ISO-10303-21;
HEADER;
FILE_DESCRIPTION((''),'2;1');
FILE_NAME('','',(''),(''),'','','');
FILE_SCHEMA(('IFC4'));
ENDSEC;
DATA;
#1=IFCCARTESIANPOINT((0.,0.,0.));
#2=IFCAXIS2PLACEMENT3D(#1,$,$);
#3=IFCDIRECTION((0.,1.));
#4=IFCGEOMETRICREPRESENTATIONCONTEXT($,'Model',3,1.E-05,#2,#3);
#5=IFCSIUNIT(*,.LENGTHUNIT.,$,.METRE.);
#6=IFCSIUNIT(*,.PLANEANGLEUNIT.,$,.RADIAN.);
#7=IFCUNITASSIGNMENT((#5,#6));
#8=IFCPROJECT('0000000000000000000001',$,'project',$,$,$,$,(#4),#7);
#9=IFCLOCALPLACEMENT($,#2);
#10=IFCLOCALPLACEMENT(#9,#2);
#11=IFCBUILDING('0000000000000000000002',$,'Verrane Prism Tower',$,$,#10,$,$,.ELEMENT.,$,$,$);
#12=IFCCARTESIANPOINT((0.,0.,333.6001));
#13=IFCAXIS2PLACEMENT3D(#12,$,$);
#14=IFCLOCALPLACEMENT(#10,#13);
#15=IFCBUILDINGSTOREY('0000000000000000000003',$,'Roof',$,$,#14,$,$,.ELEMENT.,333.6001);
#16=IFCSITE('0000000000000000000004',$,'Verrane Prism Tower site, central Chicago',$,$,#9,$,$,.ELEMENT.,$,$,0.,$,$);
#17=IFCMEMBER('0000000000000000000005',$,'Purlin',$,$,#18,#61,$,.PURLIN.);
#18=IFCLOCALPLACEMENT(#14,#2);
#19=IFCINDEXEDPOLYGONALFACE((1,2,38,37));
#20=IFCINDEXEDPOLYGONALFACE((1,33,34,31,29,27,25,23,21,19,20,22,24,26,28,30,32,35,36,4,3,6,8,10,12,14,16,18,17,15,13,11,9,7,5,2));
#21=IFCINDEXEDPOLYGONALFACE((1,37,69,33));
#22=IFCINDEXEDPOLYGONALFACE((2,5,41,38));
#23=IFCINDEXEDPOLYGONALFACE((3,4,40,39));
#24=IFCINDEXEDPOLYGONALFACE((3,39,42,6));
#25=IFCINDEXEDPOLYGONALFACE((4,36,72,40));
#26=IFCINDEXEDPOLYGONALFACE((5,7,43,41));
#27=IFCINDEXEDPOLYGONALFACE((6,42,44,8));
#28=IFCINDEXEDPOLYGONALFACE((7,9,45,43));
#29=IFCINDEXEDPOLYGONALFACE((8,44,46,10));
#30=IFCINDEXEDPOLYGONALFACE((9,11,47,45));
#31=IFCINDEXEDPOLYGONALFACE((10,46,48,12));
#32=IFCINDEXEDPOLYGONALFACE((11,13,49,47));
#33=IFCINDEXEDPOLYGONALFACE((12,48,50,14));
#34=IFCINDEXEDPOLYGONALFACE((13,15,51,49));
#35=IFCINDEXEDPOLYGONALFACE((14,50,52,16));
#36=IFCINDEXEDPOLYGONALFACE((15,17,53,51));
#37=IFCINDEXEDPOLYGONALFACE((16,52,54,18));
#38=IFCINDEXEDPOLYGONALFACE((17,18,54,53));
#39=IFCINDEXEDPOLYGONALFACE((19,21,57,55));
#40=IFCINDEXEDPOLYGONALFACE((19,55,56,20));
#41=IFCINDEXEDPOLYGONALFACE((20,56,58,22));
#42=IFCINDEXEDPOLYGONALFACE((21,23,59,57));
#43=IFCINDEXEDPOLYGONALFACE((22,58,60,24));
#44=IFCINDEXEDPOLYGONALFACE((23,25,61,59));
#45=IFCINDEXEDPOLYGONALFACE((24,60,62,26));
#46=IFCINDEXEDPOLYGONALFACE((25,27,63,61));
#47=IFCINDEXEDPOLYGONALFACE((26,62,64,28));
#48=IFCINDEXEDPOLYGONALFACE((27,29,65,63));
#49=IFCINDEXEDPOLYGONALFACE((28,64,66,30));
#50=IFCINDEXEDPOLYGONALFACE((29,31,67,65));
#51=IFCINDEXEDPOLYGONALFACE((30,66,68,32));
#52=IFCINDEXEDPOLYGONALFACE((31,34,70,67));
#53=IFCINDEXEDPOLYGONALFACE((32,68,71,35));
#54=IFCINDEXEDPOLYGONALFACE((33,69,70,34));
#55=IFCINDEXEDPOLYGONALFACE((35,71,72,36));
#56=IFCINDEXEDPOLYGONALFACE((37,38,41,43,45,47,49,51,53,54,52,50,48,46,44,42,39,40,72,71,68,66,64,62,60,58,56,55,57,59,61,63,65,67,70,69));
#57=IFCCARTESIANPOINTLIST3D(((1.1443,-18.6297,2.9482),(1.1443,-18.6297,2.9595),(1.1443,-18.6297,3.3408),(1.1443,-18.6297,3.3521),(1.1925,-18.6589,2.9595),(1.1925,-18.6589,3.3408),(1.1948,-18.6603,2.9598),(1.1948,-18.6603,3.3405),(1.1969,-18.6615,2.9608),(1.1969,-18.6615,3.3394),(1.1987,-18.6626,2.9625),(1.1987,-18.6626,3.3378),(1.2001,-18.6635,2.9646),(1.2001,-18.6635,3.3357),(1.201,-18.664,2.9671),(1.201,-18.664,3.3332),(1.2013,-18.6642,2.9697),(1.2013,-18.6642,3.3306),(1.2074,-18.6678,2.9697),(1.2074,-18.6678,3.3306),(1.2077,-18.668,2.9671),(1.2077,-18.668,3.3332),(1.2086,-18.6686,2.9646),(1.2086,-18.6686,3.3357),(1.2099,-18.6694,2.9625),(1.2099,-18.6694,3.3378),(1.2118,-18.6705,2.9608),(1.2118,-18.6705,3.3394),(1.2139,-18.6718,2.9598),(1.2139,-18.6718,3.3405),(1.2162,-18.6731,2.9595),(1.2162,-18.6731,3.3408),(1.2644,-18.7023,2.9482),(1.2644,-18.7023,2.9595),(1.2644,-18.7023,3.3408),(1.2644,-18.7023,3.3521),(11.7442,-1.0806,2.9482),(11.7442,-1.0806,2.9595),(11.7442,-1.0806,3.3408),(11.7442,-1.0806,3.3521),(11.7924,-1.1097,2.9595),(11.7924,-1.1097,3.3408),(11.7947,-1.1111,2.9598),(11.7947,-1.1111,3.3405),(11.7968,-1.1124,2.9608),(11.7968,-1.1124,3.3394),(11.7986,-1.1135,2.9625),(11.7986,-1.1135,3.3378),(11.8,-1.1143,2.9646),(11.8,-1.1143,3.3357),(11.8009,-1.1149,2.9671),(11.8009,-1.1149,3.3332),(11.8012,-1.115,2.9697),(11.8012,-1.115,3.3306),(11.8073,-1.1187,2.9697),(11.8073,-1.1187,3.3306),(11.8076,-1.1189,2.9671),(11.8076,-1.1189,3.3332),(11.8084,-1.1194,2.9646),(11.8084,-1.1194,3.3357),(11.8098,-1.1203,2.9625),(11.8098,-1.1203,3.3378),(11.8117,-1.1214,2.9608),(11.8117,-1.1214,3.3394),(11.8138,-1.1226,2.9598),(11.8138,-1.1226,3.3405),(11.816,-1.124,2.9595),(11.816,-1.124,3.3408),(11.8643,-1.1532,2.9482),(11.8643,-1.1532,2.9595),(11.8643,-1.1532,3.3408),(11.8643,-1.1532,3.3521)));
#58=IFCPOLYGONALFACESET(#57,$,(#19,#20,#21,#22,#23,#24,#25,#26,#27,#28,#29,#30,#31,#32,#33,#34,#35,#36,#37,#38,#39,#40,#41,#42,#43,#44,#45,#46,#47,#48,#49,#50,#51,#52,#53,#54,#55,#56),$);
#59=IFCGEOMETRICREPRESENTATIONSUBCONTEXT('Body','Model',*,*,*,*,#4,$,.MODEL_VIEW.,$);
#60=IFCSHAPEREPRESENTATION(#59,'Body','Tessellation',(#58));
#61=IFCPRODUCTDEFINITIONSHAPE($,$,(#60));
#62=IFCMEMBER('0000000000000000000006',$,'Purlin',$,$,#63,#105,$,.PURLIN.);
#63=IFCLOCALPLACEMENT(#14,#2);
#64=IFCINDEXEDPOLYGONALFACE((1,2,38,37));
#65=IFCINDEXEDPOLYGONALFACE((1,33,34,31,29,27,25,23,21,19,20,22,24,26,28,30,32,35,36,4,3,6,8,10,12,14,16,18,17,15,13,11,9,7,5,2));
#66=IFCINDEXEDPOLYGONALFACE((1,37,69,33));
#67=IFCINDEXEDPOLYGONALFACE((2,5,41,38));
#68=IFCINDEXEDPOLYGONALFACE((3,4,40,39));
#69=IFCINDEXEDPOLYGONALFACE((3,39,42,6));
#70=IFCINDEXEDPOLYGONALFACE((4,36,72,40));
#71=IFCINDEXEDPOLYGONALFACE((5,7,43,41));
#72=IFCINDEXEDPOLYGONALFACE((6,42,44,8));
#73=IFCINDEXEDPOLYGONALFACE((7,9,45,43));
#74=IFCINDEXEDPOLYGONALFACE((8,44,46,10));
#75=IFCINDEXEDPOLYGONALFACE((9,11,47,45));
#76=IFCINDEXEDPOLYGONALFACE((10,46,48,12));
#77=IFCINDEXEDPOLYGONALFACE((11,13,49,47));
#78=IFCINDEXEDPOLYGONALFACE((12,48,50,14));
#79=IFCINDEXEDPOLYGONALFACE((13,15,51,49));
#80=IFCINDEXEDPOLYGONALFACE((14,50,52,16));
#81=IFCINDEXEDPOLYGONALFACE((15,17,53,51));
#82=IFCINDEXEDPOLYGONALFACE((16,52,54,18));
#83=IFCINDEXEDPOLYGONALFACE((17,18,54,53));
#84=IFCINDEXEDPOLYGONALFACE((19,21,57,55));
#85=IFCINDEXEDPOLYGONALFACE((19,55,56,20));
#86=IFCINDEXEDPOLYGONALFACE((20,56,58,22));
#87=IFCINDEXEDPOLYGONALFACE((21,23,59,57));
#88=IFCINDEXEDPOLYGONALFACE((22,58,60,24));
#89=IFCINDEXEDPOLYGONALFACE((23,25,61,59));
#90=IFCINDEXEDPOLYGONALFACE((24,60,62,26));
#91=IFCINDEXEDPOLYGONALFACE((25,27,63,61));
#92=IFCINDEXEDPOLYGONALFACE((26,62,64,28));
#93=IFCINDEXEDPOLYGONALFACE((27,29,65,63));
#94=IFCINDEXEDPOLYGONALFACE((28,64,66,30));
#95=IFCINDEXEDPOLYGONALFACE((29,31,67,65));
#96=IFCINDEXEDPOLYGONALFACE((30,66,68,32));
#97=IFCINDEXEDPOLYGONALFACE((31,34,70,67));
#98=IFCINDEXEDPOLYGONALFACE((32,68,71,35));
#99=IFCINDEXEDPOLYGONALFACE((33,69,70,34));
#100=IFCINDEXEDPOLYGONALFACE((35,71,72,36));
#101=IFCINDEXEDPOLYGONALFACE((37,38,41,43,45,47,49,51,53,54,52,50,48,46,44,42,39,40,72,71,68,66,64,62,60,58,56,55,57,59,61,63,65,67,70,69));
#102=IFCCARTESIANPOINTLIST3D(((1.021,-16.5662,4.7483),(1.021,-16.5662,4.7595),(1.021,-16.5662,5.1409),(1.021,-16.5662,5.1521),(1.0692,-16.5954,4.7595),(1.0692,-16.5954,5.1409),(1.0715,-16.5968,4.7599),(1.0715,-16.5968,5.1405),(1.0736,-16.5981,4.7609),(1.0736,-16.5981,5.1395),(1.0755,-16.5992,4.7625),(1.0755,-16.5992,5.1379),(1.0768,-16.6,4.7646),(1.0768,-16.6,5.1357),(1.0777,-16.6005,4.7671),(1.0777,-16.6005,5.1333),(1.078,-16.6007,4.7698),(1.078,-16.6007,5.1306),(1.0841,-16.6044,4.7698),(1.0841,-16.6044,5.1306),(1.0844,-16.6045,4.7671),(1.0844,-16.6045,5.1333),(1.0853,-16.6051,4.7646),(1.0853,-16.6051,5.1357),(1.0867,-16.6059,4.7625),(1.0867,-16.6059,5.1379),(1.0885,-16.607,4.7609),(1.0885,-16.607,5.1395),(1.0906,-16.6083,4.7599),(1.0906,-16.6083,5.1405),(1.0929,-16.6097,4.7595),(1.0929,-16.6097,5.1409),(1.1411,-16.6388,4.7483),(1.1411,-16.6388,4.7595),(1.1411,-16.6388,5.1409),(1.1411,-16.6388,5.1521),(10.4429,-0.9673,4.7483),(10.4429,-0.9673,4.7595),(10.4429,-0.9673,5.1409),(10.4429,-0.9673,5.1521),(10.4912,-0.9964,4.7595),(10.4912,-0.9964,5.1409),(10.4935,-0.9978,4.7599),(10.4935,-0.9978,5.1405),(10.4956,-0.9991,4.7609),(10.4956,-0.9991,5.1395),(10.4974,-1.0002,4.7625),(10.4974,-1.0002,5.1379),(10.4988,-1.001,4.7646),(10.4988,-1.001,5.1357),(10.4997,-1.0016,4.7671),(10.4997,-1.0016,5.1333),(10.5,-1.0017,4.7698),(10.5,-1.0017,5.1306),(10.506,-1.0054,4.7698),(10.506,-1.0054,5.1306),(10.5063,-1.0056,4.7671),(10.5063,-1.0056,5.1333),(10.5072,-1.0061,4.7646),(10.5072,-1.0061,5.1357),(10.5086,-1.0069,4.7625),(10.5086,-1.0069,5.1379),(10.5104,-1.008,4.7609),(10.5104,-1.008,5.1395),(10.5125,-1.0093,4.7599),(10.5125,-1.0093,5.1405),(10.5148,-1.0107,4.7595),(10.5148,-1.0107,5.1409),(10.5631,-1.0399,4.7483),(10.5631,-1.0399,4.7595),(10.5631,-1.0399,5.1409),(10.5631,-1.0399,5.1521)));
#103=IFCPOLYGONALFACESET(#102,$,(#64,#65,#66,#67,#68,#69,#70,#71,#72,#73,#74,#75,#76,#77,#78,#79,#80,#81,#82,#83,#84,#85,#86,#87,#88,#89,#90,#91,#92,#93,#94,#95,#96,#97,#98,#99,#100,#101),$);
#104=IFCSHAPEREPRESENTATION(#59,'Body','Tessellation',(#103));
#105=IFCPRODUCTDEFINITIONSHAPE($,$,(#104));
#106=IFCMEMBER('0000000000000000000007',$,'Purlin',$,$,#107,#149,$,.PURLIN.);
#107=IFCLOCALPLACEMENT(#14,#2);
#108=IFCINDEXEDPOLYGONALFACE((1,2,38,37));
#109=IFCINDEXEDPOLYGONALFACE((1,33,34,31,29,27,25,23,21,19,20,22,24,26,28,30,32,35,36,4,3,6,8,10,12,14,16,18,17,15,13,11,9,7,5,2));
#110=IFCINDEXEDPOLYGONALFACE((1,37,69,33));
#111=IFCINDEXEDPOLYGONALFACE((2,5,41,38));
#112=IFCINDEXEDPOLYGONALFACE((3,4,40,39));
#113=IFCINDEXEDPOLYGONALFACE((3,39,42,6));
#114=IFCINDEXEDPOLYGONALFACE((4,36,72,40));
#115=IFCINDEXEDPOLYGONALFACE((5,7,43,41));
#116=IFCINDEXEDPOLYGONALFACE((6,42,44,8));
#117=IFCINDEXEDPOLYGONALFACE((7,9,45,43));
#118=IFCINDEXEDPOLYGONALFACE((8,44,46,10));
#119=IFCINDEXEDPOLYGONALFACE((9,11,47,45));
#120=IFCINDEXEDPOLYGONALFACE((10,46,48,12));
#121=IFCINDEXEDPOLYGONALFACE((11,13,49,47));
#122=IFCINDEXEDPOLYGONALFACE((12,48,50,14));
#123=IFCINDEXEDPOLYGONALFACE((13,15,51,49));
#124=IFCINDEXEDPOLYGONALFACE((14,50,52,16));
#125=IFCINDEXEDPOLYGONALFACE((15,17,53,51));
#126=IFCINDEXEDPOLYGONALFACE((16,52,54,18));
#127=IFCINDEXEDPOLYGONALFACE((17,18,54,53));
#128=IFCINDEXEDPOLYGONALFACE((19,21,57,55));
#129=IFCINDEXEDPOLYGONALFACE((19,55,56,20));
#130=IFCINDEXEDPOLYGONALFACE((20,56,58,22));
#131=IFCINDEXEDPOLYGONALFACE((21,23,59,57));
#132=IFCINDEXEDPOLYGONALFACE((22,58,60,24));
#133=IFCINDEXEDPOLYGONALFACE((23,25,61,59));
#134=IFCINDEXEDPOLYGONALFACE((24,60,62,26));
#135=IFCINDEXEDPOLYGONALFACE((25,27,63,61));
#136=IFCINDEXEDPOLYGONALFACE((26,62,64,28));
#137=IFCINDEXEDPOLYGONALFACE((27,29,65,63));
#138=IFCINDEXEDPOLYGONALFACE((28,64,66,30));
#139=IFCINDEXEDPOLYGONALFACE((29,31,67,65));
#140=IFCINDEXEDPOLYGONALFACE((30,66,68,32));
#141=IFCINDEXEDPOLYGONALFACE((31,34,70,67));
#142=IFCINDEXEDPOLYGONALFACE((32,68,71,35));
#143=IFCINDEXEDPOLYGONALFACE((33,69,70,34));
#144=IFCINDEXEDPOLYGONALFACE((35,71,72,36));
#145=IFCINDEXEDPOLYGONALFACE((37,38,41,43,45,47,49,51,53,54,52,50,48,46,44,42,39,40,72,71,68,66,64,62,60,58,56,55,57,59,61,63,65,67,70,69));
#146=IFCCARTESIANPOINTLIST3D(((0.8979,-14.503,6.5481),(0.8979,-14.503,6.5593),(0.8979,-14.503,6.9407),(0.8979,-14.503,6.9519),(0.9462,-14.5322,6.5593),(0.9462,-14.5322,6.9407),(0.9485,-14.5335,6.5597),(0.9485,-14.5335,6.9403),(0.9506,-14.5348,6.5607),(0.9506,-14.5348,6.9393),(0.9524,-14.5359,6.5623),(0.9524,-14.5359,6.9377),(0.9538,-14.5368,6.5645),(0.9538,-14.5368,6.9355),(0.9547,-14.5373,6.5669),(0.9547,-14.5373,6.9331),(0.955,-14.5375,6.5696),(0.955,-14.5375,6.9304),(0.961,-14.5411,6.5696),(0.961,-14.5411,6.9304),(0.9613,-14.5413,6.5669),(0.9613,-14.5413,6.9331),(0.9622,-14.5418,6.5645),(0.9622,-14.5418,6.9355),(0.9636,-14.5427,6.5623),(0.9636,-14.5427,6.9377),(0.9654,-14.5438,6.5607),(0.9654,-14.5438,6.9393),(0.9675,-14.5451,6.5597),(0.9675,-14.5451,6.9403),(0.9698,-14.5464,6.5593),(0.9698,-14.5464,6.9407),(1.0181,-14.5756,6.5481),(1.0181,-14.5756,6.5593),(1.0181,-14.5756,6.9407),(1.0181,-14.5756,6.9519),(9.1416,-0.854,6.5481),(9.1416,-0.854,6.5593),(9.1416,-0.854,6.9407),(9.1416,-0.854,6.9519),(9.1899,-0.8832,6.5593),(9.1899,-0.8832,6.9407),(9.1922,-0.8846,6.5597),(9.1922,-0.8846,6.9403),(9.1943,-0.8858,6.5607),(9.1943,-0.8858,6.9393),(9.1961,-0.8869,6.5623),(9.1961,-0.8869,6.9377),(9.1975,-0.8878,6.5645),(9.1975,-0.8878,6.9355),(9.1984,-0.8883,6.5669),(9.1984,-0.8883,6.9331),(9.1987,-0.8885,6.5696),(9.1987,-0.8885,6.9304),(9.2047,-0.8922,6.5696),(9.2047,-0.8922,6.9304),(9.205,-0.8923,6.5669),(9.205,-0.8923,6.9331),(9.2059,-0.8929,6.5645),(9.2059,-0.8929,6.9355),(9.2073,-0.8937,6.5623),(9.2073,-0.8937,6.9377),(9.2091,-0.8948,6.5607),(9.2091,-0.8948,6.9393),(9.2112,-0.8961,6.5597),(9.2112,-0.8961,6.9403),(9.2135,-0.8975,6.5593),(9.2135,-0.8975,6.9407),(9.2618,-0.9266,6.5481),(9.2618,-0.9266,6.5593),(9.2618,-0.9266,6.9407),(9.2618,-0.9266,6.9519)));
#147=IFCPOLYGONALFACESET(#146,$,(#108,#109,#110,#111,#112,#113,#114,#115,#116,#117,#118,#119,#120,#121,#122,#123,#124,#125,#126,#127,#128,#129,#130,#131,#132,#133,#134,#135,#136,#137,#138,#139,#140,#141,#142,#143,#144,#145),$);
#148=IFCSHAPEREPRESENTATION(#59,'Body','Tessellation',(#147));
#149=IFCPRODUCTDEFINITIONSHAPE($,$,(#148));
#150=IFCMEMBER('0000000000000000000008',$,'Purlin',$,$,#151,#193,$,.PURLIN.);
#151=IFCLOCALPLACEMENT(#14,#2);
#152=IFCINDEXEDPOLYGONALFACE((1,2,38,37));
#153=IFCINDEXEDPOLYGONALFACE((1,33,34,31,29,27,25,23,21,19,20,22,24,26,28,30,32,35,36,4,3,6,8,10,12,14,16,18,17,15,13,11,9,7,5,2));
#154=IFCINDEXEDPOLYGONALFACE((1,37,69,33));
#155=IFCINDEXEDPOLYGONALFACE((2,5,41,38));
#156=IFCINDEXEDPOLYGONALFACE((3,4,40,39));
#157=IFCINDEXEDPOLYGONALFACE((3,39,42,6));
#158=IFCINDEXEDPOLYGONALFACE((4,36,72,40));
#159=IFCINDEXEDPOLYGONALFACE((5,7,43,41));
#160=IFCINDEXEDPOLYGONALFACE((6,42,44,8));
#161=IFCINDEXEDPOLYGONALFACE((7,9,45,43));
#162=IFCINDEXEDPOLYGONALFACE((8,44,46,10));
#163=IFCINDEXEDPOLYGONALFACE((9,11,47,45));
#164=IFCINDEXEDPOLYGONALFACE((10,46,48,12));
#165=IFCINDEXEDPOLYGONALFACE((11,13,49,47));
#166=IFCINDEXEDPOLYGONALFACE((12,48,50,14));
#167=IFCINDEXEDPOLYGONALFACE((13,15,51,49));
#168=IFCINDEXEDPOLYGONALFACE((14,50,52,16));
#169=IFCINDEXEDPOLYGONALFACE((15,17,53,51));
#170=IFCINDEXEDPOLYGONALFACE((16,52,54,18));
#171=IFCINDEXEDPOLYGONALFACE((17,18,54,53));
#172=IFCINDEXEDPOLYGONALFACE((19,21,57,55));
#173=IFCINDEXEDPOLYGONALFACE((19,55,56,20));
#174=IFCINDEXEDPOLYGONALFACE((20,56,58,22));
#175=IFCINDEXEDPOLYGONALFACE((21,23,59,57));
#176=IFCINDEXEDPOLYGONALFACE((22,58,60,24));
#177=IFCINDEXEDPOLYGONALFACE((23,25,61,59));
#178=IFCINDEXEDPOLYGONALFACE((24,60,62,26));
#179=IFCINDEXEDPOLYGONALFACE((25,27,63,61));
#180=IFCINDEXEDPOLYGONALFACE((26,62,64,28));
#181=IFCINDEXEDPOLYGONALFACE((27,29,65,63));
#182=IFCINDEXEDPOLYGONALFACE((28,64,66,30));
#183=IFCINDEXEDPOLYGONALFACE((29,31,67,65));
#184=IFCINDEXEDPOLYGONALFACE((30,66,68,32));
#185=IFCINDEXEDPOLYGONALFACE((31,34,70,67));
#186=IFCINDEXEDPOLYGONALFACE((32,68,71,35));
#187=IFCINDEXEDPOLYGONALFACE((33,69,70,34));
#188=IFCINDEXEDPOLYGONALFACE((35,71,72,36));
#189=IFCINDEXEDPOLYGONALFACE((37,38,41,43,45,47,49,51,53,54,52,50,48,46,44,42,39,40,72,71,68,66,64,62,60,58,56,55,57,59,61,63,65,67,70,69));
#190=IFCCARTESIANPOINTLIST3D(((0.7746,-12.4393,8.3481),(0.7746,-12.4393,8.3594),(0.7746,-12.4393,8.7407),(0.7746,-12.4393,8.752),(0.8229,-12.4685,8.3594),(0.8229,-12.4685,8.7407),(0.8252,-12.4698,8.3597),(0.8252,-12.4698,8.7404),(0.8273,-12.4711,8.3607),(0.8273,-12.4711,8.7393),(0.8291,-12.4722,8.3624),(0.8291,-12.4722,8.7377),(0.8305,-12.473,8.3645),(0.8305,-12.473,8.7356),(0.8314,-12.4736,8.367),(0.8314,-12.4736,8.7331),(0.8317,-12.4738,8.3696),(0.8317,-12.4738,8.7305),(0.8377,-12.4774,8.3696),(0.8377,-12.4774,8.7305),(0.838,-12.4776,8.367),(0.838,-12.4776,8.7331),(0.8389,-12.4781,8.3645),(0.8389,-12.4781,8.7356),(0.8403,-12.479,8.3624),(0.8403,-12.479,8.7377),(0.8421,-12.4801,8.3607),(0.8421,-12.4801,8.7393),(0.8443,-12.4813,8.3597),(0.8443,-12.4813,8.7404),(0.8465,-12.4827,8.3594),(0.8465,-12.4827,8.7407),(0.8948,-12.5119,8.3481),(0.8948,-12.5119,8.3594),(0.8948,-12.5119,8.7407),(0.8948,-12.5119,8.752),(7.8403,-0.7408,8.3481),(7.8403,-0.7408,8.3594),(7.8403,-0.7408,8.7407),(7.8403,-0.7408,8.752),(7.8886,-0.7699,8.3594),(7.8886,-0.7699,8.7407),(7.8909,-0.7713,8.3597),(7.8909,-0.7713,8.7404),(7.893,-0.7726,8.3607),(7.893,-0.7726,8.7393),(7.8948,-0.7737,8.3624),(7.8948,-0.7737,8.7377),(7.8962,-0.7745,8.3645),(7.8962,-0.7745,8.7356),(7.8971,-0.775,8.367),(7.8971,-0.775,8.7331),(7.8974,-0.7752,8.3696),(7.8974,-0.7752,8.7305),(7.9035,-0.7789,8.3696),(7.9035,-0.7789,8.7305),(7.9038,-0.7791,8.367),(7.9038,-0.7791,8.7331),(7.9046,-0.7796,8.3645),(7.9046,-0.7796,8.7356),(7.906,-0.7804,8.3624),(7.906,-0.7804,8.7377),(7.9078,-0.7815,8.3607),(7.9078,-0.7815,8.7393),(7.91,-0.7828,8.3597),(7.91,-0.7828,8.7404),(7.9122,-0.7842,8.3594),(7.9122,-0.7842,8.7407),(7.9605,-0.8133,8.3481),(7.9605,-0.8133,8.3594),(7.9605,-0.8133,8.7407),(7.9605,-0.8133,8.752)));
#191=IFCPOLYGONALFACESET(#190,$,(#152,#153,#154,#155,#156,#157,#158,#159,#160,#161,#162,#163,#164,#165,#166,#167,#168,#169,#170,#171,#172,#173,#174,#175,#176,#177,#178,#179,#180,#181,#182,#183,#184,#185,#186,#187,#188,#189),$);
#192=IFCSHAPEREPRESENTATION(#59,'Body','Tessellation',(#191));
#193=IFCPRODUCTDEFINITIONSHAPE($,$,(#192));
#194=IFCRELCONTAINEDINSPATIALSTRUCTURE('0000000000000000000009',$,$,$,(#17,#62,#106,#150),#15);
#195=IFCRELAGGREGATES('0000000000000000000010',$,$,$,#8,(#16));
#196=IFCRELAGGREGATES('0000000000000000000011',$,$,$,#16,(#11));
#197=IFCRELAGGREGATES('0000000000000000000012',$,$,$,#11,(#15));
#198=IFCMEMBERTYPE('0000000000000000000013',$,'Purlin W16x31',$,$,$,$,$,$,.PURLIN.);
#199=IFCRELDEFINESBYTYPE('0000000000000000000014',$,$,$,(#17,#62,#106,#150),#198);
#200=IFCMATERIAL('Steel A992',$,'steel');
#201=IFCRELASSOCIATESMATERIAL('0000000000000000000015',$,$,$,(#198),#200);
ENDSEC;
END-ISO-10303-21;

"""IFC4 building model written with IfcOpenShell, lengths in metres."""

from ifc_helpers import new_model, si_unit, direction, frame, origin, origin_2d, place, context, subcontext, project, spatial, i_section, extrude, material, material_profile, profile_set, type_object, element, save


model = new_model("IFC4")

# Units and contexts
model_context = context("Model", 3, precision=1e-05, world=origin(), true_north=direction((0.0, 1.0)))
body_context = subcontext(model_context, "Body", "Model", "MODEL_VIEW")
ifc_project = project(units=[si_unit("LENGTHUNIT", "METRE"), si_unit("PLANEANGLEUNIT", "RADIAN")], contexts=[model_context])

# Site, building, storey
site_placement = place(None, origin())
site = spatial("IfcSite", under=ifc_project, at=site_placement, Name="Verrane Prism Tower site, central Chicago", CompositionType="ELEMENT", RefElevation=0.0)
building_placement = place(site_placement, origin())
building = spatial("IfcBuilding", under=site, at=building_placement, Name="Verrane Prism Tower", CompositionType="ELEMENT")
storey_placement = place(building_placement, frame((0.0, 0.0, 333.6001)))
storey = spatial("IfcBuildingStorey", under=building, at=storey_placement, Name="Roof", CompositionType="ELEMENT", Elevation=333.6001)

# Members
ifc_material_1 = material(Name="Steel A992", Category="steel")
ifc_material_profile_1 = material_profile(ifc_material_1, i_section(OverallWidth=0.1404, OverallDepth=0.4038, WebThickness=0.0071, FlangeThickness=0.0112, FilletRadius=0.0103, at=origin_2d()), Name="W16x31")
ifc_profile_set_1 = profile_set([ifc_material_profile_1], Name="Steel A992")
member_type_1 = type_object("IfcMemberType", Name="Purlin W16x31", PredefinedType="PURLIN", material=ifc_profile_set_1)
member_1_placement = place(storey_placement, frame((1.2043, -18.666, 3.1501), z_axis=(0.517019, 0.855974, 0.0), x_axis=(-0.855974, 0.517019, 0.0)))
element("IfcMember", 1, at=member_1_placement, inside=storey, type_object=member_type_1, Name="Purlin", PredefinedType="PURLIN", context=body_context, shape_type="SweptSolid", body=[
    extrude(i_section(OverallWidth=0.1404, OverallDepth=0.4038, WebThickness=0.0071, FlangeThickness=0.0112, FilletRadius=0.0103, at=origin_2d()), origin(), (0.0, 0.0, 1.0), 20.502),
])
member_2_placement = place(storey_placement, frame((1.0811, -16.6025, 4.9502), z_axis=(0.517017, 0.855975, 0.0), x_axis=(-0.855975, 0.517017, 0.0)))
element("IfcMember", 2, at=member_2_placement, inside=storey, type_object=member_type_1, Name="Purlin", PredefinedType="PURLIN", context=body_context, shape_type="SweptSolid", body=[
    extrude(i_section(OverallWidth=0.1404, OverallDepth=0.4038, WebThickness=0.0071, FlangeThickness=0.0112, FilletRadius=0.0103, at=origin_2d()), origin(), (0.0, 0.0, 1.0), 18.2236),
])
member_3_placement = place(storey_placement, frame((0.958, -14.5393, 6.75), z_axis=(0.516997, 0.855987, 0.0), x_axis=(-0.855987, 0.516997, 0.0)))
element("IfcMember", 3, at=member_3_placement, inside=storey, type_object=member_type_1, Name="Purlin", PredefinedType="PURLIN", context=body_context, shape_type="SweptSolid", body=[
    extrude(i_section(OverallWidth=0.1404, OverallDepth=0.4038, WebThickness=0.0071, FlangeThickness=0.0112, FilletRadius=0.0103, at=origin_2d()), origin(), (0.0, 0.0, 1.0), 15.9453),
])
member_4_placement = place(storey_placement, frame((0.8347, -12.4756, 8.55), z_axis=(0.517, 0.855986, 0.0), x_axis=(-0.855986, 0.517, 0.0)))
element("IfcMember", 4, at=member_4_placement, inside=storey, type_object=member_type_1, Name="Purlin", PredefinedType="PURLIN", context=body_context, shape_type="SweptSolid", body=[
    extrude(i_section(OverallWidth=0.1404, OverallDepth=0.4038, WebThickness=0.0071, FlangeThickness=0.0112, FilletRadius=0.0103, at=origin_2d()), origin(), (0.0, 0.0, 1.0), 13.6667),
])

save(model, "model.ifc")
